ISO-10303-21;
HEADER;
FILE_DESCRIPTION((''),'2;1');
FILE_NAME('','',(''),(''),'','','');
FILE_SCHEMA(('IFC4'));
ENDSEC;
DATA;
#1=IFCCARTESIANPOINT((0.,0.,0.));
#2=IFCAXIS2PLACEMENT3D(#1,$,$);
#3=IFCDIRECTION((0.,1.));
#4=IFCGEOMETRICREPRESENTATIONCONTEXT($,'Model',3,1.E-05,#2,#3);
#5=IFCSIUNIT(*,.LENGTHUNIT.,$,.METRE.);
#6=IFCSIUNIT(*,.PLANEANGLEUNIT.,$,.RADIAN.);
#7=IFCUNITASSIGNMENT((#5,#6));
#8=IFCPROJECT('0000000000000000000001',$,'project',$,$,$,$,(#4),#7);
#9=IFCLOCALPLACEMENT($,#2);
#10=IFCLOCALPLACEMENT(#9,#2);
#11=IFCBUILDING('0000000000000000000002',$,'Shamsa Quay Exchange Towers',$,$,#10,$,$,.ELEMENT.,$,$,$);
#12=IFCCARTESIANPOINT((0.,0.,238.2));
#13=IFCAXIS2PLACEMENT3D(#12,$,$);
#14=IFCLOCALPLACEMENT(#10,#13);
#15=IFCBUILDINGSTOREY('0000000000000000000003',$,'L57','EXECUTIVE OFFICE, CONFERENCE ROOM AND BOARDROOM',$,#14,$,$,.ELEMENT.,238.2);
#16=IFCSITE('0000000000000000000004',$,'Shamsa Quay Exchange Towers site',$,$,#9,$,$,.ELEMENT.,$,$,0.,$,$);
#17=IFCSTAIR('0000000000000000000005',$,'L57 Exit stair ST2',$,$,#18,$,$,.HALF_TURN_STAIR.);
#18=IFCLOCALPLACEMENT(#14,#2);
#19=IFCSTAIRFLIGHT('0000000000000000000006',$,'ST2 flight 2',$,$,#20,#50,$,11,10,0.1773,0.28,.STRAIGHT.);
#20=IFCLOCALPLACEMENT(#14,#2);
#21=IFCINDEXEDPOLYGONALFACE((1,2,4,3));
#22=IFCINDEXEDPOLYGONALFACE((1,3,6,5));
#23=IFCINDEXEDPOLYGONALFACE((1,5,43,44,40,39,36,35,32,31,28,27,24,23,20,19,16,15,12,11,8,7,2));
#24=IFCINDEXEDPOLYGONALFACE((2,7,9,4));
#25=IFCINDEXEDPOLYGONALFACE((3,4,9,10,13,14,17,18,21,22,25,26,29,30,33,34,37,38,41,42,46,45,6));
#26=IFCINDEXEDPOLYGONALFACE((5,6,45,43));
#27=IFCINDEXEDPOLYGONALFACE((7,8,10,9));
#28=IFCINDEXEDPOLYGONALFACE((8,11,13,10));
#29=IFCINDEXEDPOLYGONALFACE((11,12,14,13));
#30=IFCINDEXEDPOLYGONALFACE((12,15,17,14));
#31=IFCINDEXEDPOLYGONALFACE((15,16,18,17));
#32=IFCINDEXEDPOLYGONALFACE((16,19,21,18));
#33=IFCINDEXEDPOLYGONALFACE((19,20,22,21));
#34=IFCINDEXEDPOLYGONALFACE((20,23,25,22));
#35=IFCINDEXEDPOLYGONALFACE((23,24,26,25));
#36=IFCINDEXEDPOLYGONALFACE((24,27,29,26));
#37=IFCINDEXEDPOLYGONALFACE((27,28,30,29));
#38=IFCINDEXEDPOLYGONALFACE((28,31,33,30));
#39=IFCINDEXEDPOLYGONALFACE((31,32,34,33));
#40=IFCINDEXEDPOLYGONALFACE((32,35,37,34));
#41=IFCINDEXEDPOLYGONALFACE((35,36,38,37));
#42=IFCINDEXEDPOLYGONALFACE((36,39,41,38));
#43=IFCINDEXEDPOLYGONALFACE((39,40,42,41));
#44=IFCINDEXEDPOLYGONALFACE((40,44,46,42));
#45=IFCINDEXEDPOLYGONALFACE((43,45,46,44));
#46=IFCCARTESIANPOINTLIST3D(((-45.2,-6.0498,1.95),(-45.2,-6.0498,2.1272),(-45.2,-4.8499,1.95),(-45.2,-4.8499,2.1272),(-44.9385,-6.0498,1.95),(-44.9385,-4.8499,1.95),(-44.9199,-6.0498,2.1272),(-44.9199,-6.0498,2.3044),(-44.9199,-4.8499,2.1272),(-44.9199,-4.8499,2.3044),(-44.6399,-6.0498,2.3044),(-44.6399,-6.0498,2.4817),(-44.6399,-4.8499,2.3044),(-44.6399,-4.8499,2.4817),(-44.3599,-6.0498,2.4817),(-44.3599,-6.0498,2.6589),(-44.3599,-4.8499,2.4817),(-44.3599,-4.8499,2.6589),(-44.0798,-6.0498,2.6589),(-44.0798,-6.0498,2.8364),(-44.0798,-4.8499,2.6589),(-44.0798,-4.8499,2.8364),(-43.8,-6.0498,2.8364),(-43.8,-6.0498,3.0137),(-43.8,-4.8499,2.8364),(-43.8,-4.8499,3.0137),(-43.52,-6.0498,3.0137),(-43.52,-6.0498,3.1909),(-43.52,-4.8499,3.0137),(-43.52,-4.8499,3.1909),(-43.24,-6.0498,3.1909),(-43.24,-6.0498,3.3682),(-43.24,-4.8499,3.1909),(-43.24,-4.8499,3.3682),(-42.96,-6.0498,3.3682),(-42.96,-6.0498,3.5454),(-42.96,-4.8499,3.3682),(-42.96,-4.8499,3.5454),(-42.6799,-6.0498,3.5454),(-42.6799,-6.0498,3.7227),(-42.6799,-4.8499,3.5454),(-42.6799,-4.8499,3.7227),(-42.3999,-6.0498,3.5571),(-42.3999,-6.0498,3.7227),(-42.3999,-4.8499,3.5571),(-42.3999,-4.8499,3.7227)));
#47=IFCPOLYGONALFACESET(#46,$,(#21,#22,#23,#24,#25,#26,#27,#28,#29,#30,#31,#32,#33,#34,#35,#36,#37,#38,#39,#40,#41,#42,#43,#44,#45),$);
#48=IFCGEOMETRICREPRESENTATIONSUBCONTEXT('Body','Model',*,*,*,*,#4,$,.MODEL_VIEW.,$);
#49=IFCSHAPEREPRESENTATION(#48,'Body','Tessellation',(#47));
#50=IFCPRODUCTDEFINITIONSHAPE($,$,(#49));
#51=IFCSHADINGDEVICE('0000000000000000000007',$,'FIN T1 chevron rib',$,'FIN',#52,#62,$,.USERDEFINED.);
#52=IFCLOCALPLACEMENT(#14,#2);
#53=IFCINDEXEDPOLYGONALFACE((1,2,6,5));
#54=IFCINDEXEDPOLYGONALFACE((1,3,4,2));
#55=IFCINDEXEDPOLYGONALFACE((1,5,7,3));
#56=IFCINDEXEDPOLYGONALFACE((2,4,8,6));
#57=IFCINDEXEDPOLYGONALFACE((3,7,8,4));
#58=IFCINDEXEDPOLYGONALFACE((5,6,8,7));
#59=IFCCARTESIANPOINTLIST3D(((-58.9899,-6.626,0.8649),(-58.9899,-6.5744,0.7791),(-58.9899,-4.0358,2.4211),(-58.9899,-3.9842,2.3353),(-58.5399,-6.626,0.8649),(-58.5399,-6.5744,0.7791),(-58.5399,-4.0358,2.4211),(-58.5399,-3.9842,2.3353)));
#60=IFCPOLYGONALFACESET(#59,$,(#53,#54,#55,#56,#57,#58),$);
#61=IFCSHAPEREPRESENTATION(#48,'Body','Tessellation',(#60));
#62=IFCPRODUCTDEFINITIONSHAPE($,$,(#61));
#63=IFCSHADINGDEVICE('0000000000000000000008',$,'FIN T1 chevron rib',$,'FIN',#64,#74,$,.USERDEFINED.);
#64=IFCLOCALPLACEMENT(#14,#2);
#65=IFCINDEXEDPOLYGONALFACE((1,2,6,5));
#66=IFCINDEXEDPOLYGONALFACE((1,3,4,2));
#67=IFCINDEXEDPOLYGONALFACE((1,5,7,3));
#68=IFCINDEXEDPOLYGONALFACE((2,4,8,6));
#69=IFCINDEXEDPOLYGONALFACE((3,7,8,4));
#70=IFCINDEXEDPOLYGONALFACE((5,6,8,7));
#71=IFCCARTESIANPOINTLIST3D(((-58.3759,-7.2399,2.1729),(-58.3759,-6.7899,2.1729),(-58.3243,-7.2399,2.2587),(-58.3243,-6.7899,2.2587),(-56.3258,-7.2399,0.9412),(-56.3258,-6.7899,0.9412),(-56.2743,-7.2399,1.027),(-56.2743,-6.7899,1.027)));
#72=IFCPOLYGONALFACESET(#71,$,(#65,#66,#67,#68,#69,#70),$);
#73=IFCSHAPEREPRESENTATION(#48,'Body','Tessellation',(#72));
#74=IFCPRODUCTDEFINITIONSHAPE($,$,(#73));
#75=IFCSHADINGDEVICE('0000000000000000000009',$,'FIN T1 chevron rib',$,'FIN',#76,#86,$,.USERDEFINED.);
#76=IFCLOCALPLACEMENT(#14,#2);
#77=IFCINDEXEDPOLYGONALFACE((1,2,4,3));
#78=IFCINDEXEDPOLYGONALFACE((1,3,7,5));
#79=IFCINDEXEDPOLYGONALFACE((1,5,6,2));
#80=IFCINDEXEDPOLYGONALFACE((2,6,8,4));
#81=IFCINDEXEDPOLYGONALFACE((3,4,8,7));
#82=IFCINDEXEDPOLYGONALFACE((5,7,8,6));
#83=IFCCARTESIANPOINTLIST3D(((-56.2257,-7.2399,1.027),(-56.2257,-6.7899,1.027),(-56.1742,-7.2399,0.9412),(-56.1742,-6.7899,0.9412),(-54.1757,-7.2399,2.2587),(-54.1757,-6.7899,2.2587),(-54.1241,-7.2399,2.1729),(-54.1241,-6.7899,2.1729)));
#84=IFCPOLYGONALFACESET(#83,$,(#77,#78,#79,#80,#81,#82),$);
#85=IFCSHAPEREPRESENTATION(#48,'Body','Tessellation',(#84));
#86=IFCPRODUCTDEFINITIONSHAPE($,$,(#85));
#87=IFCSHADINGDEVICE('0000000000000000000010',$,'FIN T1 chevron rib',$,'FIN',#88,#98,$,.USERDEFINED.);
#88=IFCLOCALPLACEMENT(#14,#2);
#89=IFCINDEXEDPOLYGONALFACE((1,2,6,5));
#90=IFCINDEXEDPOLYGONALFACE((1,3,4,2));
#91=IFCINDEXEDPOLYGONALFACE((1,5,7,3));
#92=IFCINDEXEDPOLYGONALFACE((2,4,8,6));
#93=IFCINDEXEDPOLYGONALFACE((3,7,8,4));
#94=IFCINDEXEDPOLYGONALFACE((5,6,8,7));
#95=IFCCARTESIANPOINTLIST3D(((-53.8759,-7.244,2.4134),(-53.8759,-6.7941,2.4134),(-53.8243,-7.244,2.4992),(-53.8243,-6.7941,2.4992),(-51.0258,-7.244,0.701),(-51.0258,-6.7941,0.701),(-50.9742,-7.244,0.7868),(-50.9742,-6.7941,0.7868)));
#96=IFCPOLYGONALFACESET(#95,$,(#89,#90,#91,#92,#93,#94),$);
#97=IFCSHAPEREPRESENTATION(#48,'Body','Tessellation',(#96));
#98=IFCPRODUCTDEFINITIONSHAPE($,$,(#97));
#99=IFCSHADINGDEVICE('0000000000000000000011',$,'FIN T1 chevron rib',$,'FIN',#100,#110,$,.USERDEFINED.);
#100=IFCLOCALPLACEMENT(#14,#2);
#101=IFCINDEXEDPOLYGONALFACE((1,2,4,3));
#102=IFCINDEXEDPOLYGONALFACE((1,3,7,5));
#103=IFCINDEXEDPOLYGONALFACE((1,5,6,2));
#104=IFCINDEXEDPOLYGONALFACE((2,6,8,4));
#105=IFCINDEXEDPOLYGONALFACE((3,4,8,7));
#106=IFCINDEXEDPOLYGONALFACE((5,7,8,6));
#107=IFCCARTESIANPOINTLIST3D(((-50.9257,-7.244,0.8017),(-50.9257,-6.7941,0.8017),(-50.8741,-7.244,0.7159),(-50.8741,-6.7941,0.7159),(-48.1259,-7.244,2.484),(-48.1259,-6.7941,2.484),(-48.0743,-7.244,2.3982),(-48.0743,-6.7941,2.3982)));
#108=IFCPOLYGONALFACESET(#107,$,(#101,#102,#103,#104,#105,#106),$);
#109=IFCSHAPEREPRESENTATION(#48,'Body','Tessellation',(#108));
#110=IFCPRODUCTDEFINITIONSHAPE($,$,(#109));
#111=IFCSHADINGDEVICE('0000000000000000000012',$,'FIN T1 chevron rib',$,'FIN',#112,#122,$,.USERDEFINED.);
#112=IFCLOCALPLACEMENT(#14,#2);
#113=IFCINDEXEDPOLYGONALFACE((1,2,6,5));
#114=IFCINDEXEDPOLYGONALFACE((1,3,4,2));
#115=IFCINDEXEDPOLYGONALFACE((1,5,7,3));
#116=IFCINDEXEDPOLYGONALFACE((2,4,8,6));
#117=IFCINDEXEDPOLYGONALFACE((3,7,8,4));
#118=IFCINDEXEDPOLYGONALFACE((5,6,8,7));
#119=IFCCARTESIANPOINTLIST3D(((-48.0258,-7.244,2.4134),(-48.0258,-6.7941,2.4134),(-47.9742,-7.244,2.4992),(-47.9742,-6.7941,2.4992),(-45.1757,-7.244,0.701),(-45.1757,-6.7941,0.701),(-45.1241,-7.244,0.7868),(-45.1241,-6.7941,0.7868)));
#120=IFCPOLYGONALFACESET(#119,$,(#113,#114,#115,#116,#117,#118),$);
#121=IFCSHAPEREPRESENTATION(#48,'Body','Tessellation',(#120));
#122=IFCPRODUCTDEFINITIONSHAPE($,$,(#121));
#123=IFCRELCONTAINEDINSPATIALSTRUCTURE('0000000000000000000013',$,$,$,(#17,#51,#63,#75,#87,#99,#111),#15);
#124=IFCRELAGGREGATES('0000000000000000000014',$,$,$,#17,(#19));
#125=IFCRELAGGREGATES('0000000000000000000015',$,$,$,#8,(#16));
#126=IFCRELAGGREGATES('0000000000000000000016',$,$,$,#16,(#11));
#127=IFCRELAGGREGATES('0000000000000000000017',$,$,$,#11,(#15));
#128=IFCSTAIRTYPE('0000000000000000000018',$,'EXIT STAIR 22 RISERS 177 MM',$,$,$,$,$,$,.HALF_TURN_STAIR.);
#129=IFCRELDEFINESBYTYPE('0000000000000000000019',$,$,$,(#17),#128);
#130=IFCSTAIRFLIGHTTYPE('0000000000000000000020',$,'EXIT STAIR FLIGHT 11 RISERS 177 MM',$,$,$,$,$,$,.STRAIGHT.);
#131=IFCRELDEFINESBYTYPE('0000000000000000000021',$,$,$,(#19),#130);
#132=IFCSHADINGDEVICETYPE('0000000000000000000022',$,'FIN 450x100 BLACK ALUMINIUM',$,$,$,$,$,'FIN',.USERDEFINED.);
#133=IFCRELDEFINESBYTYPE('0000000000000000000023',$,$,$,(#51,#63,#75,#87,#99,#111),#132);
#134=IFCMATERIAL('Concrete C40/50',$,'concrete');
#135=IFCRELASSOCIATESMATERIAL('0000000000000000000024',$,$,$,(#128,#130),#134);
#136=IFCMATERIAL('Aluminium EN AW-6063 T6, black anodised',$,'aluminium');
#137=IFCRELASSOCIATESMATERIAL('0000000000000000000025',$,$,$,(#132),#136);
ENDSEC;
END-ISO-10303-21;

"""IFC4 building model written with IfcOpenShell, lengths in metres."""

from ifc_helpers import new_model, si_unit, direction, frame, origin, origin_2d, place, context, subcontext, project, spatial, polyline, rectangle, outline, extrude, material, material_profile, profile_set, type_object, element, aggregate, save


model = new_model("IFC4")

# Units and contexts
model_context = context("Model", 3, precision=1e-05, world=origin(), true_north=direction((0.0, 1.0)))
body_context = subcontext(model_context, "Body", "Model", "MODEL_VIEW")
ifc_project = project(units=[si_unit("LENGTHUNIT", "METRE"), si_unit("PLANEANGLEUNIT", "RADIAN")], contexts=[model_context])

# Site, building, storey
site_placement = place(None, origin())
site = spatial("IfcSite", under=ifc_project, at=site_placement, Name="Shamsa Quay Exchange Towers site", CompositionType="ELEMENT", RefElevation=0.0)
building_placement = place(site_placement, origin())
building = spatial("IfcBuilding", under=site, at=building_placement, Name="Shamsa Quay Exchange Towers", CompositionType="ELEMENT")
storey_placement = place(building_placement, frame((0.0, 0.0, 238.2)))
storey = spatial("IfcBuildingStorey", under=building, at=storey_placement, Name="L57", Description="EXECUTIVE OFFICE, CONFERENCE ROOM AND BOARDROOM", CompositionType="ELEMENT", Elevation=238.2)

# Shared definitions
ifc_material_1 = material(Name="Aluminium EN AW-6063 T6, black anodised", Category="aluminium")

# Stair, stair flight
ifc_material_2 = material(Name="Concrete C40/50", Category="concrete")
stair_type = type_object("IfcStairType", Name="EXIT STAIR 22 RISERS 177 MM", PredefinedType="HALF_TURN_STAIR", material=ifc_material_2)
stair_placement = place(storey_placement, origin())
stair = element("IfcStair", 1, at=stair_placement, inside=storey, type_object=stair_type, Name="L57 Exit stair ST2", PredefinedType="HALF_TURN_STAIR")
stair_flight_type = type_object("IfcStairFlightType", Name="EXIT STAIR FLIGHT 11 RISERS 177 MM", PredefinedType="STRAIGHT", material=ifc_material_2)
stair_flight_placement = place(storey_placement, frame((-45.2, -5.45, 1.95)))
stair_flight = element("IfcStairFlight", 2, at=stair_flight_placement, type_object=stair_flight_type, Name="ST2 flight 2", NumberOfRisers=11, NumberOfTreads=10, PredefinedType="STRAIGHT", RiserHeight=0.1773, TreadLength=0.28, context=body_context, shape_type="SweptSolid", body=[
    extrude(outline(polyline([(0.0, 0.0), (0.0, 0.1772), (0.28, 0.1772), (0.28, 0.3545), (0.5601, 0.3545), (0.5601, 0.5317), (0.8401, 0.5317), (0.8401, 0.709), (1.1201, 0.709), (1.1201, 0.8865), (1.3999, 0.8865), (1.3999, 1.0637), (1.6799, 1.0637), (1.6799, 1.241), (1.96, 1.241), (1.96, 1.4182), (2.24, 1.4182), (2.24, 1.5955), (2.52, 1.5955), (2.52, 1.7727), (2.8, 1.7727), (2.8, 1.95), (2.8, 1.6072), (0.2615, 0.0), (0.0, 0.0)])), frame((0.0, 0.6001, 0.0), z_axis=(0.0, -1.0, 0.0), x_axis=(1.0, 0.0, 0.0)), (0.0, 0.0, 1.0), 1.2),
])
aggregate(stair, [stair_flight])

# Shading devices
ifc_material_profile_1 = material_profile(ifc_material_1, rectangle(XDim=0.45, YDim=0.1001, at=origin_2d()), Name="FIN450x100")
ifc_profile_set_1 = profile_set([ifc_material_profile_1], Name="Aluminium EN AW-6063 T6, black anodised")
shading_device_type = type_object("IfcShadingDeviceType", Name="FIN 450x100 BLACK ALUMINIUM", ElementType="FIN", PredefinedType="USERDEFINED", material=ifc_profile_set_1)
shading_device_1_placement = place(storey_placement, frame((-58.7649, -4.01, 2.3782), z_axis=(0.0, -0.857186, -0.515007), x_axis=(1.0, 0.0, 0.0)))
element("IfcShadingDevice", 3, at=shading_device_1_placement, inside=storey, type_object=shading_device_type, Name="FIN T1 chevron rib", ObjectType="FIN", PredefinedType="USERDEFINED", context=body_context, shape_type="SweptSolid", body=[
    extrude(rectangle(XDim=0.45, YDim=0.1001, at=origin_2d()), origin(), (0.0, 0.0, 1.0), 3.0217),
])
for number, where, z_axis, x_axis, name in (
    (4, (-58.3501, -7.0149, 2.2158), (0.857187, 0.0, -0.515006), (0.0, 1.0, 0.0), "FIN T1 chevron rib"),
    (5, (-56.2, -7.0149, 0.9841), (0.857187, 0.0, 0.515006), (0.0, 1.0, 0.0), "FIN T1 chevron rib"),
):
    element("IfcShadingDevice", number, at=place(storey_placement, frame(where, z_axis=z_axis, x_axis=x_axis)), inside=storey, type_object=shading_device_type, Name=name, ObjectType="FIN", PredefinedType="USERDEFINED", context=body_context, shape_type="SweptSolid", body=[
        extrude(rectangle(XDim=0.45, YDim=0.1001, at=origin_2d()), origin(), (0.0, 0.0, 1.0), 2.3916),
    ])
shading_device_2_placement = place(storey_placement, frame((-53.8501, -7.019, 2.4563), z_axis=(0.857182, 0.0, -0.515014), x_axis=(0.0, 1.0, 0.0)))
element("IfcShadingDevice", 6, at=shading_device_2_placement, inside=storey, type_object=shading_device_type, Name="FIN T1 chevron rib", ObjectType="FIN", PredefinedType="USERDEFINED", context=body_context, shape_type="SweptSolid", body=[
    extrude(rectangle(XDim=0.45, YDim=0.1001, at=origin_2d()), origin(), (0.0, 0.0, 1.0), 3.325),
])
shading_device_3_placement = place(storey_placement, frame((-50.8999, -7.019, 0.7588), z_axis=(0.857156, 0.0, 0.515056), x_axis=(0.0, 1.0, 0.0)))
element("IfcShadingDevice", 7, at=shading_device_3_placement, inside=storey, type_object=shading_device_type, Name="FIN T1 chevron rib", ObjectType="FIN", PredefinedType="USERDEFINED", context=body_context, shape_type="SweptSolid", body=[
    extrude(rectangle(XDim=0.45, YDim=0.1001, at=origin_2d()), origin(), (0.0, 0.0, 1.0), 3.2664),
])
shading_device_4_placement = place(storey_placement, frame((-48.0, -7.019, 2.4563), z_axis=(0.857182, 0.0, -0.515014), x_axis=(0.0, 1.0, 0.0)))
element("IfcShadingDevice", 8, at=shading_device_4_placement, inside=storey, type_object=shading_device_type, Name="FIN T1 chevron rib", ObjectType="FIN", PredefinedType="USERDEFINED", context=body_context, shape_type="SweptSolid", body=[
    extrude(rectangle(XDim=0.45, YDim=0.1001, at=origin_2d()), origin(), (0.0, 0.0, 1.0), 3.325),
])

save(model, "model.ifc")
